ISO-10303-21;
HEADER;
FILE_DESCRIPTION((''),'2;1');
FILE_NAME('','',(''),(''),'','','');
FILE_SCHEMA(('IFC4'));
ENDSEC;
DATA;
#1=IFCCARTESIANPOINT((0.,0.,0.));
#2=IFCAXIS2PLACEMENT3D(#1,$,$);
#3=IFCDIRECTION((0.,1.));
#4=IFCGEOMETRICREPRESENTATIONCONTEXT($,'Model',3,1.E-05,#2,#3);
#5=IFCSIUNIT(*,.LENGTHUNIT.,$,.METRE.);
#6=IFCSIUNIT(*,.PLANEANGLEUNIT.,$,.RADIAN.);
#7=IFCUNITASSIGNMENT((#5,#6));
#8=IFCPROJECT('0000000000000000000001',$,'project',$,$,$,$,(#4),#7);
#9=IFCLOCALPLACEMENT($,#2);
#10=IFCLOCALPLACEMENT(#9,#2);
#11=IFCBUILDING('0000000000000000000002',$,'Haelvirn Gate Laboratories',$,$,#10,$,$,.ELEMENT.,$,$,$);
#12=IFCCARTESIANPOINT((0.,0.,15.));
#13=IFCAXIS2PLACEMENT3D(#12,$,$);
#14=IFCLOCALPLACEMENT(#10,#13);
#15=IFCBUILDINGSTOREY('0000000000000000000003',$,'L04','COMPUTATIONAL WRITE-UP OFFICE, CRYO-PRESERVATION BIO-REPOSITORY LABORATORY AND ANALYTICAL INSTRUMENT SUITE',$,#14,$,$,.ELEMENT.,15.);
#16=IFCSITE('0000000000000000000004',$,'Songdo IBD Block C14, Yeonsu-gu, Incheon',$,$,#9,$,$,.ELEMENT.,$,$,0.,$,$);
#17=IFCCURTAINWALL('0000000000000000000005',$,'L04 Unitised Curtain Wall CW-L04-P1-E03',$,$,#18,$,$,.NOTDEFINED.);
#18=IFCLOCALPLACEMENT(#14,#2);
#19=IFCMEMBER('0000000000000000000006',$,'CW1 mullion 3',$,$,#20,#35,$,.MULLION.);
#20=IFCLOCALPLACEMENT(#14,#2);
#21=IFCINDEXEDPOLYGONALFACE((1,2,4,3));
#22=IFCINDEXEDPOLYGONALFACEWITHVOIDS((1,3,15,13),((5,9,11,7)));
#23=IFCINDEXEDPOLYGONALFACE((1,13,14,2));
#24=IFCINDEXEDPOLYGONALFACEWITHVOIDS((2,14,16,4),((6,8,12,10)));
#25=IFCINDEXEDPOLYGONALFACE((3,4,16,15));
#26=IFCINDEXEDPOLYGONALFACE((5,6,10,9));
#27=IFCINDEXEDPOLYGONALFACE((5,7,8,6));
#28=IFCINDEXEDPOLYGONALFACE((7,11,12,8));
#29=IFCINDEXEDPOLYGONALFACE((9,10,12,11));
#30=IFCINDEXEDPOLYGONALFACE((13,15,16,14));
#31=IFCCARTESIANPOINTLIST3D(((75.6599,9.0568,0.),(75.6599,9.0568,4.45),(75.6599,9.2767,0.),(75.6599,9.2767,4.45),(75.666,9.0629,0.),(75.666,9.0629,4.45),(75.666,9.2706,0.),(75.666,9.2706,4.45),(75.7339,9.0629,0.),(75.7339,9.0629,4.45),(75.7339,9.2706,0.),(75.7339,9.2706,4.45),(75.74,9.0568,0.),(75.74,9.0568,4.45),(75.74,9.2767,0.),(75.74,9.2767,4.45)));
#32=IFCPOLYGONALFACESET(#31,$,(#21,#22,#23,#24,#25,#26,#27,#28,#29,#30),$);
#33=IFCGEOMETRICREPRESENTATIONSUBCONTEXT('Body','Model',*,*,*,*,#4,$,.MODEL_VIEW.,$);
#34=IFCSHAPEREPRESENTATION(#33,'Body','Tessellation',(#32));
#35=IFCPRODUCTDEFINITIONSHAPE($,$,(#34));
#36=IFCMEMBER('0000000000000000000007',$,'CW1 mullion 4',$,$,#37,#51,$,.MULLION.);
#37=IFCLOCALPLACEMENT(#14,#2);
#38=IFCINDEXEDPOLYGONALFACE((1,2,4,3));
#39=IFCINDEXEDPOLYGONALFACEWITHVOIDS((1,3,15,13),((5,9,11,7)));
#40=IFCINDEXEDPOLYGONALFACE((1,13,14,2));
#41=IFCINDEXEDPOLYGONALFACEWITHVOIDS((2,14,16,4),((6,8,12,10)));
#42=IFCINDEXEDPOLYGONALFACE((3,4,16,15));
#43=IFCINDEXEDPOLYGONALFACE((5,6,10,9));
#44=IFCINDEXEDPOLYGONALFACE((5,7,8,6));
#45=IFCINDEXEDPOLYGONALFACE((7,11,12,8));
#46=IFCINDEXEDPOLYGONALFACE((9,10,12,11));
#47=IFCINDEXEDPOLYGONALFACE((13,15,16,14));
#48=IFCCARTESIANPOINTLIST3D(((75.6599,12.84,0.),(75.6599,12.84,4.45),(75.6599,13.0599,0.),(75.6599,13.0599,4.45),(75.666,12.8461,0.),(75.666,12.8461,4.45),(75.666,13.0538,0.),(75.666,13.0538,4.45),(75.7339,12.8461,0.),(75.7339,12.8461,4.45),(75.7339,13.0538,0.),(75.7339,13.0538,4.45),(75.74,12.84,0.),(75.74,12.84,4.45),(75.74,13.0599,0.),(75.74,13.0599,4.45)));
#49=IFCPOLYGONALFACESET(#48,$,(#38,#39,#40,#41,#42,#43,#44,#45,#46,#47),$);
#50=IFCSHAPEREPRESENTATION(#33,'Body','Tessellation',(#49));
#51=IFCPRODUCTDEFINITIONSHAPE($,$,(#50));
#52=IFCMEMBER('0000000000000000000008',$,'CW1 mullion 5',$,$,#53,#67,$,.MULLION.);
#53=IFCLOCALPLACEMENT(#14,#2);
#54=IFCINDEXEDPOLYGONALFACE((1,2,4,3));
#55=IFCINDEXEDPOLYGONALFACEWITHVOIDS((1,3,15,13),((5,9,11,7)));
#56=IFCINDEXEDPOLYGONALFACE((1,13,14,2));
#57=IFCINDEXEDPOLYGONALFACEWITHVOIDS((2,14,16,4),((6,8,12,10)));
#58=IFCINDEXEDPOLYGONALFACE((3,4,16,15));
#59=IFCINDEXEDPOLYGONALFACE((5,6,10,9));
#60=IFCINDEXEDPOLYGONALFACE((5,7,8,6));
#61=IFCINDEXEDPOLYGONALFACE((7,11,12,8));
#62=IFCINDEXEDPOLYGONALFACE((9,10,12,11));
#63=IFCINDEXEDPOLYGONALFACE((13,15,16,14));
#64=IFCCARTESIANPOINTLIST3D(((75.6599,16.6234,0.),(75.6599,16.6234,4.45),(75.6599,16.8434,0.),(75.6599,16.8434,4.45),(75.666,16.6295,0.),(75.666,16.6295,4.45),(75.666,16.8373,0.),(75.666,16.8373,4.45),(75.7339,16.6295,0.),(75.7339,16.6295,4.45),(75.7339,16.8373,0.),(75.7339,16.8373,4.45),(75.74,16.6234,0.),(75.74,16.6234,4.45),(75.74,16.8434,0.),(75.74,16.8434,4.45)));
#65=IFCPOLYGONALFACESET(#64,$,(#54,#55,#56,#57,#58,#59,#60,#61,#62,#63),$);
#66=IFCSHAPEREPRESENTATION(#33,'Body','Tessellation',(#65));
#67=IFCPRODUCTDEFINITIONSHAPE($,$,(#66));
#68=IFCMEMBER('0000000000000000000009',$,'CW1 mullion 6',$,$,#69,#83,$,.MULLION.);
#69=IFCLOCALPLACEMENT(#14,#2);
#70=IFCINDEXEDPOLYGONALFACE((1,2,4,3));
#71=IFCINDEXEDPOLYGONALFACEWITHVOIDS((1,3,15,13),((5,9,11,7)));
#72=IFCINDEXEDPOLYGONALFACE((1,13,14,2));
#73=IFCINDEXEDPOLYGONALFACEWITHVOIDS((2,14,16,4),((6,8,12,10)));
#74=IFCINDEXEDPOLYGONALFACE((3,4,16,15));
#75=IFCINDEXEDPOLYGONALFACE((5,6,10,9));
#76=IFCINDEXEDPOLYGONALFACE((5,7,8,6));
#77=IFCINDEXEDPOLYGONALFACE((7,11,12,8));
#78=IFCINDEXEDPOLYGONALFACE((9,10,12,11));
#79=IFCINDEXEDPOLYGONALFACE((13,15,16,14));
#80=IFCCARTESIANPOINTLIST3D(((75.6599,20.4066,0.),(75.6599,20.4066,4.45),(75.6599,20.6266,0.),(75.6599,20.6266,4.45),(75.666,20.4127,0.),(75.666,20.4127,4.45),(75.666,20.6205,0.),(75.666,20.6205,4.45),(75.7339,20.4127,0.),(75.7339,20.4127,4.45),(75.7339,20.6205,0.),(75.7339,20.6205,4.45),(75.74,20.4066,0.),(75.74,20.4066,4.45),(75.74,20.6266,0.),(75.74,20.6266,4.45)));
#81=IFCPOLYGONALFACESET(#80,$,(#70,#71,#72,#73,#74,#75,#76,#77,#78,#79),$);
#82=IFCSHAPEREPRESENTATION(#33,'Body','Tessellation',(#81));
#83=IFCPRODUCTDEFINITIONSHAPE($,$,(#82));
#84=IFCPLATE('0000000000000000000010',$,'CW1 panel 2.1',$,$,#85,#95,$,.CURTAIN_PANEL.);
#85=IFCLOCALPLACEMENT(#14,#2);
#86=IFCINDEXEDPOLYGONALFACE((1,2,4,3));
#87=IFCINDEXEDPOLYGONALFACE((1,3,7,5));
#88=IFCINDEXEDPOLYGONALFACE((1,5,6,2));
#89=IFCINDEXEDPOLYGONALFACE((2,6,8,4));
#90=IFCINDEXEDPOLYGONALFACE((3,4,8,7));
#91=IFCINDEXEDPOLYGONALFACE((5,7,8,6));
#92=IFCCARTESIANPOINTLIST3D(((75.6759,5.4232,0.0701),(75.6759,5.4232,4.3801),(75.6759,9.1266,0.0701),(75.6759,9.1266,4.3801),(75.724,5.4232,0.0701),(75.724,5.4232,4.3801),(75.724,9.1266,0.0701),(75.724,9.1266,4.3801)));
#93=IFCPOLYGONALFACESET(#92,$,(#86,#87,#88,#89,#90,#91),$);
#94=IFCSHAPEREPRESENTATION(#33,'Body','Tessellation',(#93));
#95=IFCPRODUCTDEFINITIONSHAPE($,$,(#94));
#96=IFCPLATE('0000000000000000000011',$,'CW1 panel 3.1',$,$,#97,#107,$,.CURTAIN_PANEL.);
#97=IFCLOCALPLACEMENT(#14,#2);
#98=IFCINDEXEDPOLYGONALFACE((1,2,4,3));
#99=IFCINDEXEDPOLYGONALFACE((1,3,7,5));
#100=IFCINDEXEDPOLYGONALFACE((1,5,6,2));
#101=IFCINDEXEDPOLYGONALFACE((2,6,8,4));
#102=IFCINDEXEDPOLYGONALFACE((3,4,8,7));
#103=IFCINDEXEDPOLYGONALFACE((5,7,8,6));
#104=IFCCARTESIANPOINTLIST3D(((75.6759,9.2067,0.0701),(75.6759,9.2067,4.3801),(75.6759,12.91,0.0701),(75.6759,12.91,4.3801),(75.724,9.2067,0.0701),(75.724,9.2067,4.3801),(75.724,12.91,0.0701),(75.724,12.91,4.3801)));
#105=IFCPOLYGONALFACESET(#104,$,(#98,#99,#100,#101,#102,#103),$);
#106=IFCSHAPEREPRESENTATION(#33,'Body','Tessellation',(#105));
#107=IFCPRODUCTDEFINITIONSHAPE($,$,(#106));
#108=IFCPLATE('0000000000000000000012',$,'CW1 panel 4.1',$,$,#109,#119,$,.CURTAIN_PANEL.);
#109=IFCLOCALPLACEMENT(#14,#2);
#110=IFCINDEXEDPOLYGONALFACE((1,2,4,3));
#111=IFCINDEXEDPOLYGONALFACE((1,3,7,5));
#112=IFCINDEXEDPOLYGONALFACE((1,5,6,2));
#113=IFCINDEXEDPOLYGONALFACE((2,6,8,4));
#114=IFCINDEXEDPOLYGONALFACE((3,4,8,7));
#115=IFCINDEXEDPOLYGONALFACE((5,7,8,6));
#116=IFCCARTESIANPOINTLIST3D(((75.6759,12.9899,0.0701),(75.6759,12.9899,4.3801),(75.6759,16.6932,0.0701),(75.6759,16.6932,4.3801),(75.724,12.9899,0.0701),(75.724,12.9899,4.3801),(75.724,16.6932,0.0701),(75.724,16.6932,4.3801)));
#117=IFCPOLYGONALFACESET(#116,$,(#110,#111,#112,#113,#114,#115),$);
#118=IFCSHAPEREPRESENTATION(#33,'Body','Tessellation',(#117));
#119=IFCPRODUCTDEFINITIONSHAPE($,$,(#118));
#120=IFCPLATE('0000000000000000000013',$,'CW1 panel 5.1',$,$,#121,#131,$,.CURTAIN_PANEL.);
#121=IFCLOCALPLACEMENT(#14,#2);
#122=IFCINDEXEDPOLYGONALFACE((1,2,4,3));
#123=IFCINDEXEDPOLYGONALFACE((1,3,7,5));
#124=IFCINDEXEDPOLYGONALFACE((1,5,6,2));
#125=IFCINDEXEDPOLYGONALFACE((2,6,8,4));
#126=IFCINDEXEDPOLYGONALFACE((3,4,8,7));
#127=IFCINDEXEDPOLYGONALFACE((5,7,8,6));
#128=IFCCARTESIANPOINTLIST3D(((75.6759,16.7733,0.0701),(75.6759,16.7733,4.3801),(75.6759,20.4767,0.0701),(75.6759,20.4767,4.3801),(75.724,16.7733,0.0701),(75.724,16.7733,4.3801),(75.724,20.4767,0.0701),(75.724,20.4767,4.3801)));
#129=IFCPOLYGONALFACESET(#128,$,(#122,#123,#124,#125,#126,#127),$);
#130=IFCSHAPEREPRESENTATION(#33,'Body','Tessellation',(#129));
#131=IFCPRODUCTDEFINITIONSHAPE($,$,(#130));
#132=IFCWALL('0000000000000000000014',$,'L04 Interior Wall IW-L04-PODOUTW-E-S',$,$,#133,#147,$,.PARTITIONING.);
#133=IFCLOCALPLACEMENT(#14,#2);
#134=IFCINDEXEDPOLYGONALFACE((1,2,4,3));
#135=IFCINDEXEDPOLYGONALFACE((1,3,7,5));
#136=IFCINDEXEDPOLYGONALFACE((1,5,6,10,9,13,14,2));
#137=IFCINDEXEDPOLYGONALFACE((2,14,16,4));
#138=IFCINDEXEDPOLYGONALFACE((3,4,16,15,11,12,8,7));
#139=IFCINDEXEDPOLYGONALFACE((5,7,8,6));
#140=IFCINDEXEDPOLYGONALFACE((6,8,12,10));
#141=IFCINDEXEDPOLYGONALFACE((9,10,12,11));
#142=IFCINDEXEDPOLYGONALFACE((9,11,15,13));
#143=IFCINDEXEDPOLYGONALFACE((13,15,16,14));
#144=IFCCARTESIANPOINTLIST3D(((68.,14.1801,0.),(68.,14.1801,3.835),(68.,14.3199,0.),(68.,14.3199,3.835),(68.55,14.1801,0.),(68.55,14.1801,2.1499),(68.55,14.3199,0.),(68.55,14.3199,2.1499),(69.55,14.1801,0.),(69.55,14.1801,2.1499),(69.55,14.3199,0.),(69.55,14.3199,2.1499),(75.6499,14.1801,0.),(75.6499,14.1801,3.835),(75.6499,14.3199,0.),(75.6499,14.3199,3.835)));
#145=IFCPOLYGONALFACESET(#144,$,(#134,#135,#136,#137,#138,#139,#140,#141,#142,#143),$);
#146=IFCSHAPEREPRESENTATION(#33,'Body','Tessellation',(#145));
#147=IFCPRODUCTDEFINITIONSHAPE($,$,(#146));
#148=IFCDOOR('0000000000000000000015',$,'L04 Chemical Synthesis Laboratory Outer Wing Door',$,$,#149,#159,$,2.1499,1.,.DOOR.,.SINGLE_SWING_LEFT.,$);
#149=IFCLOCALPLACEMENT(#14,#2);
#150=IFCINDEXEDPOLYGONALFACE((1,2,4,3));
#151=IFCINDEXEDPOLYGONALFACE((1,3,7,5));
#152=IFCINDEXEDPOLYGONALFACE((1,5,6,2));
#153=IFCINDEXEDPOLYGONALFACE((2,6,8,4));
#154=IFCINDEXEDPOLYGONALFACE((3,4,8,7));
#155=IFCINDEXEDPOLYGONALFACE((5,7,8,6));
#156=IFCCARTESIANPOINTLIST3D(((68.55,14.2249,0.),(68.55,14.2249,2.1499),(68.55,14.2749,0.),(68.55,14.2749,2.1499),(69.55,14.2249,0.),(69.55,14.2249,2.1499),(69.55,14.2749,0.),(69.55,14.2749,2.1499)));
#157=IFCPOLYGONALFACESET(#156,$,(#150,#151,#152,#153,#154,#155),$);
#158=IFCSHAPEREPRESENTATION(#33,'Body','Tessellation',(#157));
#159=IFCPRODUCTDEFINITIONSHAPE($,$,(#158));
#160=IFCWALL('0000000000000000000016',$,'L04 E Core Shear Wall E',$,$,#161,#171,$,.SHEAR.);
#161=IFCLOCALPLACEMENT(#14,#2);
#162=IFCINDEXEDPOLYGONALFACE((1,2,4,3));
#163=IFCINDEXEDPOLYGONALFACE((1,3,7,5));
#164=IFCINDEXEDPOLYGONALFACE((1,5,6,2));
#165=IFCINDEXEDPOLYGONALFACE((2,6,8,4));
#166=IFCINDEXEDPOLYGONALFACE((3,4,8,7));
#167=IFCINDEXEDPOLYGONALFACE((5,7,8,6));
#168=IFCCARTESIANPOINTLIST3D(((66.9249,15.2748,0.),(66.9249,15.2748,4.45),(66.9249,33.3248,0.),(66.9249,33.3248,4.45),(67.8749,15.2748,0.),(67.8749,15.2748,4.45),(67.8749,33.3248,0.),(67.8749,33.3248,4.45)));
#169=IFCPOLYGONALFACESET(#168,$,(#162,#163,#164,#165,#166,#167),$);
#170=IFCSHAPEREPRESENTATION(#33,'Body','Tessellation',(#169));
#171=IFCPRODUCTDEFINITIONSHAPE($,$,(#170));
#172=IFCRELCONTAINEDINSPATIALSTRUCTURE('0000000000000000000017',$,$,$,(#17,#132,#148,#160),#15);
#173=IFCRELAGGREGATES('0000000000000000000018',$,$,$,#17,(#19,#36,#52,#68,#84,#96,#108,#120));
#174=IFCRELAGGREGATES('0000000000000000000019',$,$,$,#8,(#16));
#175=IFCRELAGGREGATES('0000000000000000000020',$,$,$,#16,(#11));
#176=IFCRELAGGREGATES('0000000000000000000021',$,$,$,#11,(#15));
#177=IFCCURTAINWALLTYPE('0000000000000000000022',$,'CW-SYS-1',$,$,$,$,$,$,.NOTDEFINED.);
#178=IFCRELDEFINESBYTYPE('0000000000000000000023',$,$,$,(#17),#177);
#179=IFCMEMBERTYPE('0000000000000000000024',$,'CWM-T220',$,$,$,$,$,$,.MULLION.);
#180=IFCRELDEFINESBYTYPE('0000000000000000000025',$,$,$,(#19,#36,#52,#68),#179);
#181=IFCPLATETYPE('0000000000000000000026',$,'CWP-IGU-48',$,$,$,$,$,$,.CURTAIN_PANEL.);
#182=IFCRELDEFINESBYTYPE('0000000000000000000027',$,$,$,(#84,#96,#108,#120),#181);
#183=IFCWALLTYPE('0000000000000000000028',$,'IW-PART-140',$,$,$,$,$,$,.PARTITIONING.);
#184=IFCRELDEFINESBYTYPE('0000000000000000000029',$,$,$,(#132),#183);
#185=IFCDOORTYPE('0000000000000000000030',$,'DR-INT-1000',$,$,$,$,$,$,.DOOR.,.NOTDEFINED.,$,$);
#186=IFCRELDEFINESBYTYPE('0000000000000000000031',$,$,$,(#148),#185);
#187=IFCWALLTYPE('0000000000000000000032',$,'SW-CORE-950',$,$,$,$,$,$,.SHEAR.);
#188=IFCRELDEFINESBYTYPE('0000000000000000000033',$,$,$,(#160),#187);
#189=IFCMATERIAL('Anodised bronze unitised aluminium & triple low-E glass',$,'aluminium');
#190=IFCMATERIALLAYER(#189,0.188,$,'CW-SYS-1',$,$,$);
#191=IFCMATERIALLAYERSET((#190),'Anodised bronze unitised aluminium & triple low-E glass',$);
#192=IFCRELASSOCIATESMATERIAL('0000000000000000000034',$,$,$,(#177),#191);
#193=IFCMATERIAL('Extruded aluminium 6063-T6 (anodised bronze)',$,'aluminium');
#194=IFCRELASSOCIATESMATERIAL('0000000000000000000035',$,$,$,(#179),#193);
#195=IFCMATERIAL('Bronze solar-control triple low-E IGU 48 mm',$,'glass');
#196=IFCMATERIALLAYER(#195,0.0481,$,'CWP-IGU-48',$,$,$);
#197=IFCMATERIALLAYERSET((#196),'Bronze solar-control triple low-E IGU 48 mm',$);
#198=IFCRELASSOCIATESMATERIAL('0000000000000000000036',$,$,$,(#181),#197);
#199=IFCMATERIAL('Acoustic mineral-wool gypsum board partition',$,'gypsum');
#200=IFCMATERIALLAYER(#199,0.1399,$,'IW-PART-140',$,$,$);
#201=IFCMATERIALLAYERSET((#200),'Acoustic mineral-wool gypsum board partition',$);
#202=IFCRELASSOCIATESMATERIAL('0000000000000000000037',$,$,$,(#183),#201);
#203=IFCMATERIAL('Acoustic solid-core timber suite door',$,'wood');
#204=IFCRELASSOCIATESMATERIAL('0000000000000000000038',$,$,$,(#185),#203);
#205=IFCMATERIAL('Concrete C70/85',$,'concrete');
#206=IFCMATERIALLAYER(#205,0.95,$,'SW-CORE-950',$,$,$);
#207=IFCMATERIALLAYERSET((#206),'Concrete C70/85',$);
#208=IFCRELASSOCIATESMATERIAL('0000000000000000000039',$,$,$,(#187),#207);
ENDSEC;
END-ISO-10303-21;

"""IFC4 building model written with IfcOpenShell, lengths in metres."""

from ifc_helpers import new_model, si_unit, direction, frame, frame_2d, origin, origin_2d, place, context, subcontext, project, spatial, rectangle, hollow_rectangle, extrude, source, transform, mapped, material, layer, layer_set, material_profile, profile_set, type_object, type_shapes, element, fill, aggregate, save


model = new_model("IFC4")

# Units and contexts
model_context = context("Model", 3, precision=1e-05, world=origin(), true_north=direction((0.0, 1.0)))
body_context = subcontext(model_context, "Body", "Model", "MODEL_VIEW")
ifc_project = project(units=[si_unit("LENGTHUNIT", "METRE"), si_unit("PLANEANGLEUNIT", "RADIAN")], contexts=[model_context])

# Site, building, storey
site_placement = place(None, origin())
site = spatial("IfcSite", under=ifc_project, at=site_placement, Name="Songdo IBD Block C14, Yeonsu-gu, Incheon", CompositionType="ELEMENT", RefElevation=0.0)
building_placement = place(site_placement, origin())
building = spatial("IfcBuilding", under=site, at=building_placement, Name="Haelvirn Gate Laboratories", CompositionType="ELEMENT")
storey_placement = place(building_placement, frame((0.0, 0.0, 15.0)))
storey = spatial("IfcBuildingStorey", under=building, at=storey_placement, Name="L04", Description="COMPUTATIONAL WRITE-UP OFFICE, CRYO-PRESERVATION BIO-REPOSITORY LABORATORY AND ANALYTICAL INSTRUMENT SUITE", CompositionType="ELEMENT", Elevation=15.0)

# Shared definitions
ifc_material_1 = material(Name="Concrete C70/85", Category="concrete")

# Curtain wall, members, plates
ifc_material_2 = material(Name="Anodised bronze unitised aluminium & triple low-E glass", Category="aluminium")
ifc_layer_1 = layer(ifc_material_2, 0.188, Name="CW-SYS-1")
ifc_layer_set_1 = layer_set([ifc_layer_1], Name="Anodised bronze unitised aluminium & triple low-E glass")
curtain_wall_type = type_object("IfcCurtainWallType", Name="CW-SYS-1", PredefinedType="NOTDEFINED", material=ifc_layer_set_1)
curtain_wall_placement = place(storey_placement, origin())
curtain_wall = element("IfcCurtainWall", 1, at=curtain_wall_placement, inside=storey, type_object=curtain_wall_type, Name="L04 Unitised Curtain Wall CW-L04-P1-E03", PredefinedType="NOTDEFINED")
ifc_material_3 = material(Name="Extruded aluminium 6063-T6 (anodised bronze)", Category="aluminium")
ifc_material_profile_1 = material_profile(ifc_material_3, hollow_rectangle(XDim=0.0801, YDim=0.22, WallThickness=0.0061, at=origin_2d()), Name="CWM-220x80x6")
ifc_profile_set_1 = profile_set([ifc_material_profile_1], Name="Extruded aluminium 6063-T6 (anodised bronze)")
member_type_1 = type_object("IfcMemberType", Name="CWM-T220", PredefinedType="MULLION", material=ifc_profile_set_1)
shared_shape_1 = source(origin(), body_context, "Body", "SweptSolid", [
    extrude(hollow_rectangle(XDim=0.0801, YDim=0.22, WallThickness=0.0061, at=origin_2d()), origin(), (0.0, 0.0, 1.0), 4.45),
])
type_shapes(member_type_1, [shared_shape_1])
member_1_placement = place(storey_placement, frame((75.7, 9.1667, 0.0), z_axis=(0.0, 0.0, 1.0), x_axis=(-1.0, 0.0, 0.0)))
member_1 = element("IfcMember", 2, at=member_1_placement, type_object=member_type_1, Name="CW1 mullion 3", PredefinedType="MULLION", context=body_context, shape_type="MappedRepresentation", body=[
    mapped(shared_shape_1, transform((0.0, 0.0, 0.0), scale=1.0)),
])
member_2_placement = place(storey_placement, frame((75.7, 12.95, 0.0), z_axis=(0.0, 0.0, 1.0), x_axis=(-1.0, 0.0, 0.0)))
member_2 = element("IfcMember", 3, at=member_2_placement, type_object=member_type_1, Name="CW1 mullion 4", PredefinedType="MULLION", context=body_context, shape_type="MappedRepresentation", body=[
    mapped(shared_shape_1, transform((0.0, 0.0, 0.0), scale=1.0)),
])
member_3_placement = place(storey_placement, frame((75.7, 16.7334, 0.0), z_axis=(0.0, 0.0, 1.0), x_axis=(-1.0, 0.0, 0.0)))
member_3 = element("IfcMember", 4, at=member_3_placement, type_object=member_type_1, Name="CW1 mullion 5", PredefinedType="MULLION", context=body_context, shape_type="MappedRepresentation", body=[
    mapped(shared_shape_1, transform((0.0, 0.0, 0.0), scale=1.0)),
])
member_4_placement = place(storey_placement, frame((75.7, 20.5166, 0.0), z_axis=(0.0, 0.0, 1.0), x_axis=(-1.0, 0.0, 0.0)))
member_4 = element("IfcMember", 5, at=member_4_placement, type_object=member_type_1, Name="CW1 mullion 6", PredefinedType="MULLION", context=body_context, shape_type="MappedRepresentation", body=[
    mapped(shared_shape_1, transform((0.0, 0.0, 0.0), scale=1.0)),
])
ifc_material_4 = material(Name="Bronze solar-control triple low-E IGU 48 mm", Category="glass")
ifc_layer_2 = layer(ifc_material_4, 0.0481, Name="CWP-IGU-48")
ifc_layer_set_2 = layer_set([ifc_layer_2], Name="Bronze solar-control triple low-E IGU 48 mm")
plate_type = type_object("IfcPlateType", Name="CWP-IGU-48", PredefinedType="CURTAIN_PANEL", material=ifc_layer_set_2)
shared_shape_2 = source(origin(), body_context, "Body", "SweptSolid", [
    extrude(rectangle(XDim=3.7034, YDim=0.0481, at=origin_2d()), origin(), (0.0, 0.0, 1.0), 4.3101),
])
type_shapes(plate_type, [shared_shape_2])
plate_1_placement = place(storey_placement, frame((75.7, 7.2749, 0.0701), z_axis=(0.0, 0.0, 1.0), x_axis=(0.0, 1.0, 0.0)))
plate_1 = element("IfcPlate", 6, at=plate_1_placement, type_object=plate_type, Name="CW1 panel 2.1", PredefinedType="CURTAIN_PANEL", context=body_context, shape_type="MappedRepresentation", body=[
    mapped(shared_shape_2, transform((0.0, 0.0, 0.0), scale=1.0)),
])
plate_2_placement = place(storey_placement, frame((75.7, 11.0583, 0.0701), z_axis=(0.0, 0.0, 1.0), x_axis=(0.0, 1.0, 0.0)))
plate_2 = element("IfcPlate", 7, at=plate_2_placement, type_object=plate_type, Name="CW1 panel 3.1", PredefinedType="CURTAIN_PANEL", context=body_context, shape_type="MappedRepresentation", body=[
    mapped(shared_shape_2, transform((0.0, 0.0, 0.0), scale=1.0)),
])
plate_3_placement = place(storey_placement, frame((75.7, 14.8416, 0.0701), z_axis=(0.0, 0.0, 1.0), x_axis=(0.0, 1.0, 0.0)))
plate_3 = element("IfcPlate", 8, at=plate_3_placement, type_object=plate_type, Name="CW1 panel 4.1", PredefinedType="CURTAIN_PANEL", context=body_context, shape_type="MappedRepresentation", body=[
    mapped(shared_shape_2, transform((0.0, 0.0, 0.0), scale=1.0)),
])
plate_4_placement = place(storey_placement, frame((75.7, 18.625, 0.0701), z_axis=(0.0, 0.0, 1.0), x_axis=(0.0, 1.0, 0.0)))
plate_4 = element("IfcPlate", 9, at=plate_4_placement, type_object=plate_type, Name="CW1 panel 5.1", PredefinedType="CURTAIN_PANEL", context=body_context, shape_type="MappedRepresentation", body=[
    mapped(shared_shape_2, transform((0.0, 0.0, 0.0), scale=1.0)),
])
aggregate(curtain_wall, [member_1, member_2, member_3, member_4, plate_1, plate_2, plate_3, plate_4])

# Wall, opening, door
ifc_material_5 = material(Name="Acoustic mineral-wool gypsum board partition", Category="gypsum")
ifc_layer_3 = layer(ifc_material_5, 0.1399, Name="IW-PART-140")
ifc_layer_set_3 = layer_set([ifc_layer_3], Name="Acoustic mineral-wool gypsum board partition")
wall_type_1 = type_object("IfcWallType", Name="IW-PART-140", PredefinedType="PARTITIONING", material=ifc_layer_set_3)
wall_1_placement = place(storey_placement, frame((68.0, 14.25, 0.0), z_axis=(0.0, 0.0, 1.0), x_axis=(1.0, 0.0, 0.0)))
wall_1 = element("IfcWall", 10, at=wall_1_placement, inside=storey, type_object=wall_type_1, Name="L04 Interior Wall IW-L04-PODOUTW-E-S", PredefinedType="PARTITIONING", context=body_context, shape_type="SweptSolid", body=[
    extrude(rectangle(XDim=7.6499, YDim=0.1399, at=frame_2d((3.825, 0.0))), origin(), (0.0, 0.0, 1.0), 3.835),
])
opening_placement = place(wall_1_placement, frame((0.55, 0.0, 0.0)))
opening = element("IfcOpeningElement", 11, at=opening_placement, cuts=wall_1, PredefinedType="OPENING", context=body_context, shape_type="SweptSolid", body=[
    extrude(rectangle(XDim=1.0, YDim=2.1499, at=frame_2d((0.5, 1.075))), frame((0.0, 0.0801, 0.0), z_axis=(0.0, -1.0, 0.0), x_axis=(1.0, 0.0, 0.0)), (0.0, 0.0, 1.0), 0.1599),
])
ifc_material_6 = material(Name="Acoustic solid-core timber suite door", Category="wood")
door_type = type_object("IfcDoorType", Name="DR-INT-1000", OperationType="NOTDEFINED", PredefinedType="DOOR", material=ifc_material_6)
shared_shape_3 = source(origin(), body_context, "Body", "SweptSolid", [
    extrude(rectangle(XDim=1.0, YDim=2.1499, at=frame_2d((0.5, 1.075))), frame((0.0, 0.0249, 0.0), z_axis=(0.0, -1.0, 0.0), x_axis=(1.0, 0.0, 0.0)), (0.0, 0.0, 1.0), 0.05),
])
type_shapes(door_type, [shared_shape_3])
door_placement = place(opening_placement, origin())
door = element("IfcDoor", 12, at=door_placement, inside=storey, type_object=door_type, Name="L04 Chemical Synthesis Laboratory Outer Wing Door", OperationType="SINGLE_SWING_LEFT", OverallHeight=2.1499, OverallWidth=1.0, PredefinedType="DOOR", context=body_context, shape_type="MappedRepresentation", body=[
    mapped(shared_shape_3, transform((0.0, 0.0, 0.0), scale=1.0)),
])
fill(opening, door)

# Wall
ifc_layer_4 = layer(ifc_material_1, 0.95, Name="SW-CORE-950")
ifc_layer_set_4 = layer_set([ifc_layer_4], Name="Concrete C70/85")
wall_type_2 = type_object("IfcWallType", Name="SW-CORE-950", PredefinedType="SHEAR", material=ifc_layer_set_4)
wall_2_placement = place(storey_placement, frame((67.3999, 15.2749, 0.0), z_axis=(0.0, 0.0, 1.0), x_axis=(0.0, 1.0, 0.0)))
element("IfcWall", 13, at=wall_2_placement, inside=storey, type_object=wall_type_2, Name="L04 E Core Shear Wall E", PredefinedType="SHEAR", context=body_context, shape_type="SweptSolid", body=[
    extrude(rectangle(XDim=18.05, YDim=0.95, at=frame_2d((9.0249, 0.0))), origin(), (0.0, 0.0, 1.0), 4.45),
])

save(model, "model.ifc")
